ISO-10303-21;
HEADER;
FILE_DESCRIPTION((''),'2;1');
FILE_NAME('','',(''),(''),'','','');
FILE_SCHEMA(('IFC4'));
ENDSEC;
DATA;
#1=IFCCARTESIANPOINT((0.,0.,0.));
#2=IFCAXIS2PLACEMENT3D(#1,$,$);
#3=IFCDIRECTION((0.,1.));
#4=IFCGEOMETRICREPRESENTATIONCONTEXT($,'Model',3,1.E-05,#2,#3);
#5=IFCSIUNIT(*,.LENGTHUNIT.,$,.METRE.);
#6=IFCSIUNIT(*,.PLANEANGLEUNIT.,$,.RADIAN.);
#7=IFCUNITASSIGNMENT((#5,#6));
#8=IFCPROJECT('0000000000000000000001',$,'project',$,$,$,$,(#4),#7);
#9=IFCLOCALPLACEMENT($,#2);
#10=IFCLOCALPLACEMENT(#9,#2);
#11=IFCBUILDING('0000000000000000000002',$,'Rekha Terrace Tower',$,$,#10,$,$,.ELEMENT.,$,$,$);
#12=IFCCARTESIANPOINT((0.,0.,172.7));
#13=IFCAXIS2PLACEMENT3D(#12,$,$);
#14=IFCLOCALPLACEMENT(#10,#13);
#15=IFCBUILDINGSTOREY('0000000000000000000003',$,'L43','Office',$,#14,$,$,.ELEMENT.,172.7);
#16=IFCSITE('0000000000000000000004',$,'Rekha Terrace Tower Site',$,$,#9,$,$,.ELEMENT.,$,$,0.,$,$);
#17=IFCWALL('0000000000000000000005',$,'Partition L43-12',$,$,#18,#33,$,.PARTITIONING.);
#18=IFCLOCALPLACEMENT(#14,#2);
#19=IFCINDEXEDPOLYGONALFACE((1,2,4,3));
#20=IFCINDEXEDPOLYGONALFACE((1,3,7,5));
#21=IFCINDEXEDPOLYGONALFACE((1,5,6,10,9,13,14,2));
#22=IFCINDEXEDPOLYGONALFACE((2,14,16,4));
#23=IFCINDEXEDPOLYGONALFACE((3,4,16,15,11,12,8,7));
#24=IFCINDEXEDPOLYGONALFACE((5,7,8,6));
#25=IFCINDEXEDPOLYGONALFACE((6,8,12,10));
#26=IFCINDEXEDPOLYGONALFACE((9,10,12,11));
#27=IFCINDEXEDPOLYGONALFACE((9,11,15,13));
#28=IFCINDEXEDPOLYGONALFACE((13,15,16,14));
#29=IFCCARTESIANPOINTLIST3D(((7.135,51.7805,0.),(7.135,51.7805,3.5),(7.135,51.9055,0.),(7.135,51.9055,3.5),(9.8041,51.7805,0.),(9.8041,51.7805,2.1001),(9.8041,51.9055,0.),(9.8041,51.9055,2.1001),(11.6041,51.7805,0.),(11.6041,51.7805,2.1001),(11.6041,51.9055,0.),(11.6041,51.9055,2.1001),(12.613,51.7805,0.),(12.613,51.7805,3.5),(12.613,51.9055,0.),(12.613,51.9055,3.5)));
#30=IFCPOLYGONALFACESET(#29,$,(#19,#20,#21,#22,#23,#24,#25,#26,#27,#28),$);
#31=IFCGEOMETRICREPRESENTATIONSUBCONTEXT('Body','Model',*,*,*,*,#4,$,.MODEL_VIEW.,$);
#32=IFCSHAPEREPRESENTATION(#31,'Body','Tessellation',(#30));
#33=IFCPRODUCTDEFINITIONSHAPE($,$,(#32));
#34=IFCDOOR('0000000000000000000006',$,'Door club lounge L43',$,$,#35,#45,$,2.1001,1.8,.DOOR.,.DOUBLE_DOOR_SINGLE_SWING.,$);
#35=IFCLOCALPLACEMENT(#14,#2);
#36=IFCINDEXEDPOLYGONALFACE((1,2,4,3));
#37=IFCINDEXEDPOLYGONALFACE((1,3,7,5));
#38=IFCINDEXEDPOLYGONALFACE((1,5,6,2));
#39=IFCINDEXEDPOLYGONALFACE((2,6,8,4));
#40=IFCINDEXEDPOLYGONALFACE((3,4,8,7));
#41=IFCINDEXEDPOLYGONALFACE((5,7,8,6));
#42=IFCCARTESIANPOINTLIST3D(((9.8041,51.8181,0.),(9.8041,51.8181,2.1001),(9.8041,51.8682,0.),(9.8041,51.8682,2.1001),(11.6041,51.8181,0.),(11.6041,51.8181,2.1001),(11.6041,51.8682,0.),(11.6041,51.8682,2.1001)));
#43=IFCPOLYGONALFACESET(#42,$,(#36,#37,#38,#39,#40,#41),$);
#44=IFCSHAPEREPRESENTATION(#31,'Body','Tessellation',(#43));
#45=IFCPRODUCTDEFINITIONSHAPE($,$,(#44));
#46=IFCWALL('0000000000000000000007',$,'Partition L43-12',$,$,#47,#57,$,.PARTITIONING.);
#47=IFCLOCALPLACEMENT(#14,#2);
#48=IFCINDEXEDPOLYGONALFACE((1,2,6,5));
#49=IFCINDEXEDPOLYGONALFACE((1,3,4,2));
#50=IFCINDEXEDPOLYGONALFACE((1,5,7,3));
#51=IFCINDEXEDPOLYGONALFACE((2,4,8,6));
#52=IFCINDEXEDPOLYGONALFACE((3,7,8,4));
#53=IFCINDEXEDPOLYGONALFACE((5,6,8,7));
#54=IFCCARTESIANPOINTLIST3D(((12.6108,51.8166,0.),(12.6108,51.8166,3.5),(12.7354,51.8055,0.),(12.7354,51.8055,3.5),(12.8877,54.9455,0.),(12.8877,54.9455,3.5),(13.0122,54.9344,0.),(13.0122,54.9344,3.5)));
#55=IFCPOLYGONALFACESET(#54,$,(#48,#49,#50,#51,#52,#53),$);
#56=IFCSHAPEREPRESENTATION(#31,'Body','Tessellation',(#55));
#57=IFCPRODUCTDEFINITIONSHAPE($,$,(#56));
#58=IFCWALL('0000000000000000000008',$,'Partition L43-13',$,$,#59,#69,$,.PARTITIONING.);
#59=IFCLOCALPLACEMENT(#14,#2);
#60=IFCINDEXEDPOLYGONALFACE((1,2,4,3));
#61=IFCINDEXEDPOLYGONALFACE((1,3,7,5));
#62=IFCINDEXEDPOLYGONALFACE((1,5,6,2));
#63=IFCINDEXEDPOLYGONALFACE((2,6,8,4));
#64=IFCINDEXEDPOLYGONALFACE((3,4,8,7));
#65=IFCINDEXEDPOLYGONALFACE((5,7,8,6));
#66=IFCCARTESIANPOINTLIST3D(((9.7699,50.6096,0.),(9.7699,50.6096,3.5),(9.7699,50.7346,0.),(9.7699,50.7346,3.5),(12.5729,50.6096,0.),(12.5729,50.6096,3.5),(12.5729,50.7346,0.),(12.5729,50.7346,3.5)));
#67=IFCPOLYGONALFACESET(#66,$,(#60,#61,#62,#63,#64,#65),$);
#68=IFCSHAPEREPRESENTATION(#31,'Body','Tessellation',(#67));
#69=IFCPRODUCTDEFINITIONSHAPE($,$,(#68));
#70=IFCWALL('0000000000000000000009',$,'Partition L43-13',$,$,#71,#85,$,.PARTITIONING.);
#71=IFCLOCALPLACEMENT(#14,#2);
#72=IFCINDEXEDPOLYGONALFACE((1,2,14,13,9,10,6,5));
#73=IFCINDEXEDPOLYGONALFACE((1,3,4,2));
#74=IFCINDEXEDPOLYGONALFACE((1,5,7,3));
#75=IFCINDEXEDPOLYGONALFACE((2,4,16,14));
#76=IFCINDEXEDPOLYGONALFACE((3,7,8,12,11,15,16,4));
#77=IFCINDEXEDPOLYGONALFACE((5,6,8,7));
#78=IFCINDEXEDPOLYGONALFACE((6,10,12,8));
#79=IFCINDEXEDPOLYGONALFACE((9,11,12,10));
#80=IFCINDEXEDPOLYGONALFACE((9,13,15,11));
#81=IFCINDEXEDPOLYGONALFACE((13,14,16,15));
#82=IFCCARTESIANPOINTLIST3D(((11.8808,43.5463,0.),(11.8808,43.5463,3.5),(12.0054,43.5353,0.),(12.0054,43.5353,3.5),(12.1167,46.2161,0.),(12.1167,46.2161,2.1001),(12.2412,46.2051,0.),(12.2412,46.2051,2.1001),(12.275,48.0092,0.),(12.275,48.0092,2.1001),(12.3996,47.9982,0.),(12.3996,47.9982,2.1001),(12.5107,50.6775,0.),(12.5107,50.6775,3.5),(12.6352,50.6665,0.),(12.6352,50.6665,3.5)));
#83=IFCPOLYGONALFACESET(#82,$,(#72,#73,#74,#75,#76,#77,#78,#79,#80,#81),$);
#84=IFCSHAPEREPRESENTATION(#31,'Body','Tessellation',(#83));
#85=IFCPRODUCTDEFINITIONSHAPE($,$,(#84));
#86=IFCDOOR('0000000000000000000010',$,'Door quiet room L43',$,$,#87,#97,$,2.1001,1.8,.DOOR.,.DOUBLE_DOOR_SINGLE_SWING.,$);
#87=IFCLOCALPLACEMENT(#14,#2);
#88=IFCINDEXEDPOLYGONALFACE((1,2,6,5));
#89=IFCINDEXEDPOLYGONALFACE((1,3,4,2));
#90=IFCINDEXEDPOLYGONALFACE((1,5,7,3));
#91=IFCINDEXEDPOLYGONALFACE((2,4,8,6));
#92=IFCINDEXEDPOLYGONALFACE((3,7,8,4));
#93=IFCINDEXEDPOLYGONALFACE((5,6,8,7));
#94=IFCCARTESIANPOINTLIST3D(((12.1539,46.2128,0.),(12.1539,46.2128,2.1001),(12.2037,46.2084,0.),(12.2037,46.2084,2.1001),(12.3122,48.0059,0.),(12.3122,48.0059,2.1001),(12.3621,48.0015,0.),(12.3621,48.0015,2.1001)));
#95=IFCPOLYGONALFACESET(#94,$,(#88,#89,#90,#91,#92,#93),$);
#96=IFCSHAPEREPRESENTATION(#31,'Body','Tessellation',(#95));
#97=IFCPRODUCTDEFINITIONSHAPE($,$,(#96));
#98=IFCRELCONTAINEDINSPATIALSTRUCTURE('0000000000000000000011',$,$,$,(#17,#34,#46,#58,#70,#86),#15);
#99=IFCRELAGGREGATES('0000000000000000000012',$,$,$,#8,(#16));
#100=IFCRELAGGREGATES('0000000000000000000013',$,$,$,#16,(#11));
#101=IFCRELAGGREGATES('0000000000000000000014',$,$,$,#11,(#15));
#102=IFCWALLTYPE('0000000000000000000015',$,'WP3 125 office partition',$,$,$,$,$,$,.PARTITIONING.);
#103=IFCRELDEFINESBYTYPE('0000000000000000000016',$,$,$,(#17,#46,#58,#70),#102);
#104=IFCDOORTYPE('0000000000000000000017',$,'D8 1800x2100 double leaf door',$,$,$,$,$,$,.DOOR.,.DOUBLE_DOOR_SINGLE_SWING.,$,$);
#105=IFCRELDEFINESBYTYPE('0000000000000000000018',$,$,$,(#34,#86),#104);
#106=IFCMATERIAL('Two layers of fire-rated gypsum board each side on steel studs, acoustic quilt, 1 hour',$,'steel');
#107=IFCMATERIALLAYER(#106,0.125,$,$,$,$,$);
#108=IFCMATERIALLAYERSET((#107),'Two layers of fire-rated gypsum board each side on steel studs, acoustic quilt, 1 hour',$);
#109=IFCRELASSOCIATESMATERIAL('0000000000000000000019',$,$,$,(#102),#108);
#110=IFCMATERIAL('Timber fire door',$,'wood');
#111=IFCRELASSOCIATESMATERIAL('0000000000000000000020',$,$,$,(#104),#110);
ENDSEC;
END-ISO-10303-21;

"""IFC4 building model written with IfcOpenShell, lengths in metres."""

from ifc_helpers import new_model, si_unit, direction, frame, frame_2d, origin, place, context, subcontext, project, spatial, rectangle, extrude, material, layer, layer_set, type_object, element, fill, save


model = new_model("IFC4")

# Units and contexts
model_context = context("Model", 3, precision=1e-05, world=origin(), true_north=direction((0.0, 1.0)))
body_context = subcontext(model_context, "Body", "Model", "MODEL_VIEW")
ifc_project = project(units=[si_unit("LENGTHUNIT", "METRE"), si_unit("PLANEANGLEUNIT", "RADIAN")], contexts=[model_context])

# Site, building, storey
site_placement = place(None, origin())
site = spatial("IfcSite", under=ifc_project, at=site_placement, Name="Rekha Terrace Tower Site", CompositionType="ELEMENT", RefElevation=0.0)
building_placement = place(site_placement, origin())
building = spatial("IfcBuilding", under=site, at=building_placement, Name="Rekha Terrace Tower", CompositionType="ELEMENT")
storey_placement = place(building_placement, frame((0.0, 0.0, 172.7)))
storey = spatial("IfcBuildingStorey", under=building, at=storey_placement, Name="L43", Description="Office", CompositionType="ELEMENT", Elevation=172.7)

# Wall, opening, door
ifc_material_1 = material(Name="Two layers of fire-rated gypsum board each side on steel studs, acoustic quilt, 1 hour", Category="steel")
ifc_layer_1 = layer(ifc_material_1, 0.125)
ifc_layer_set_1 = layer_set([ifc_layer_1], Name="Two layers of fire-rated gypsum board each side on steel studs, acoustic quilt, 1 hour")
wall_type = type_object("IfcWallType", Name="WP3 125 office partition", PredefinedType="PARTITIONING", material=ifc_layer_set_1)
wall_1_placement = place(storey_placement, frame((12.613, 51.843, 0.0), z_axis=(0.0, 0.0, 1.0), x_axis=(-1.0, 0.0, 0.0)))
wall_1 = element("IfcWall", 1, at=wall_1_placement, inside=storey, type_object=wall_type, Name="Partition L43-12", PredefinedType="PARTITIONING", context=body_context, shape_type="SweptSolid", body=[
    extrude(rectangle(XDim=5.478, YDim=0.125, at=frame_2d((2.739, 0.0))), origin(), (0.0, 0.0, 1.0), 3.5),
])
opening_1_placement = place(wall_1_placement, frame((1.009, 0.0, 0.0)))
opening_1 = element("IfcOpeningElement", 2, at=opening_1_placement, cuts=wall_1, PredefinedType="OPENING", context=body_context, shape_type="SweptSolid", body=[
    extrude(rectangle(XDim=1.8, YDim=2.1001, at=frame_2d((0.8999, 1.05))), frame((0.0, 0.0725, 0.0), z_axis=(0.0, -1.0, 0.0), x_axis=(1.0, 0.0, 0.0)), (0.0, 0.0, 1.0), 0.145),
])
ifc_material_2 = material(Name="Timber fire door", Category="wood")
door_type = type_object("IfcDoorType", Name="D8 1800x2100 double leaf door", OperationType="DOUBLE_DOOR_SINGLE_SWING", PredefinedType="DOOR", material=ifc_material_2)
door_1_placement = place(opening_1_placement, origin())
door_1 = element("IfcDoor", 3, at=door_1_placement, inside=storey, type_object=door_type, Name="Door club lounge L43", OperationType="DOUBLE_DOOR_SINGLE_SWING", OverallHeight=2.1001, OverallWidth=1.8, PredefinedType="DOOR", context=body_context, shape_type="SweptSolid", body=[
    extrude(rectangle(XDim=1.8, YDim=2.1001, at=frame_2d((0.8999, 1.05))), frame((0.0, 0.0249, 0.0), z_axis=(0.0, -1.0, 0.0), x_axis=(1.0, 0.0, 0.0)), (0.0, 0.0, 1.0), 0.05),
])
fill(opening_1, door_1)

# Walls
wall_2_placement = place(storey_placement, frame((12.95, 54.9399, 0.0), z_axis=(0.0, 0.0, 1.0), x_axis=(-0.088139, -0.996108, 0.0)))
element("IfcWall", 4, at=wall_2_placement, inside=storey, type_object=wall_type, Name="Partition L43-12", PredefinedType="PARTITIONING", context=body_context, shape_type="SweptSolid", body=[
    extrude(rectangle(XDim=3.1411, YDim=0.125, at=frame_2d((1.5706, 0.0))), origin(), (0.0, 0.0, 1.0), 3.5),
])
wall_3_placement = place(storey_placement, frame((9.77, 50.6721, 0.0), z_axis=(0.0, 0.0, 1.0), x_axis=(1.0, 0.0, 0.0)))
element("IfcWall", 5, at=wall_3_placement, inside=storey, type_object=wall_type, Name="Partition L43-13", PredefinedType="PARTITIONING", context=body_context, shape_type="SweptSolid", body=[
    extrude(rectangle(XDim=2.803, YDim=0.125, at=frame_2d((1.4014, 0.0))), origin(), (0.0, 0.0, 1.0), 3.5),
])

# Wall, opening, door
wall_4_placement = place(storey_placement, frame((12.573, 50.6721, 0.0), z_axis=(0.0, 0.0, 1.0), x_axis=(-0.087986, -0.996122, 0.0)))
wall_4 = element("IfcWall", 6, at=wall_4_placement, inside=storey, type_object=wall_type, Name="Partition L43-13", PredefinedType="PARTITIONING", context=body_context, shape_type="SweptSolid", body=[
    extrude(rectangle(XDim=7.1589, YDim=0.125, at=frame_2d((3.5796, 0.0))), origin(), (0.0, 0.0, 1.0), 3.5),
])
opening_2_placement = place(wall_4_placement, frame((2.679, 0.0, 0.0)))
opening_2 = element("IfcOpeningElement", 7, at=opening_2_placement, cuts=wall_4, PredefinedType="OPENING", context=body_context, shape_type="SweptSolid", body=[
    extrude(rectangle(XDim=1.8, YDim=2.1001, at=frame_2d((0.8999, 1.05))), frame((0.0, 0.0725, 0.0), z_axis=(0.0, -1.0, 0.0), x_axis=(1.0, 0.0, 0.0)), (0.0, 0.0, 1.0), 0.145),
])
door_2_placement = place(opening_2_placement, origin())
door_2 = element("IfcDoor", 8, at=door_2_placement, inside=storey, type_object=door_type, Name="Door quiet room L43", OperationType="DOUBLE_DOOR_SINGLE_SWING", OverallHeight=2.1001, OverallWidth=1.8, PredefinedType="DOOR", context=body_context, shape_type="SweptSolid", body=[
    extrude(rectangle(XDim=1.8, YDim=2.1001, at=frame_2d((0.8999, 1.05))), frame((0.0, 0.0249, 0.0), z_axis=(0.0, -1.0, 0.0), x_axis=(1.0, 0.0, 0.0)), (0.0, 0.0, 1.0), 0.05),
])
fill(opening_2, door_2)

save(model, "model.ifc")
